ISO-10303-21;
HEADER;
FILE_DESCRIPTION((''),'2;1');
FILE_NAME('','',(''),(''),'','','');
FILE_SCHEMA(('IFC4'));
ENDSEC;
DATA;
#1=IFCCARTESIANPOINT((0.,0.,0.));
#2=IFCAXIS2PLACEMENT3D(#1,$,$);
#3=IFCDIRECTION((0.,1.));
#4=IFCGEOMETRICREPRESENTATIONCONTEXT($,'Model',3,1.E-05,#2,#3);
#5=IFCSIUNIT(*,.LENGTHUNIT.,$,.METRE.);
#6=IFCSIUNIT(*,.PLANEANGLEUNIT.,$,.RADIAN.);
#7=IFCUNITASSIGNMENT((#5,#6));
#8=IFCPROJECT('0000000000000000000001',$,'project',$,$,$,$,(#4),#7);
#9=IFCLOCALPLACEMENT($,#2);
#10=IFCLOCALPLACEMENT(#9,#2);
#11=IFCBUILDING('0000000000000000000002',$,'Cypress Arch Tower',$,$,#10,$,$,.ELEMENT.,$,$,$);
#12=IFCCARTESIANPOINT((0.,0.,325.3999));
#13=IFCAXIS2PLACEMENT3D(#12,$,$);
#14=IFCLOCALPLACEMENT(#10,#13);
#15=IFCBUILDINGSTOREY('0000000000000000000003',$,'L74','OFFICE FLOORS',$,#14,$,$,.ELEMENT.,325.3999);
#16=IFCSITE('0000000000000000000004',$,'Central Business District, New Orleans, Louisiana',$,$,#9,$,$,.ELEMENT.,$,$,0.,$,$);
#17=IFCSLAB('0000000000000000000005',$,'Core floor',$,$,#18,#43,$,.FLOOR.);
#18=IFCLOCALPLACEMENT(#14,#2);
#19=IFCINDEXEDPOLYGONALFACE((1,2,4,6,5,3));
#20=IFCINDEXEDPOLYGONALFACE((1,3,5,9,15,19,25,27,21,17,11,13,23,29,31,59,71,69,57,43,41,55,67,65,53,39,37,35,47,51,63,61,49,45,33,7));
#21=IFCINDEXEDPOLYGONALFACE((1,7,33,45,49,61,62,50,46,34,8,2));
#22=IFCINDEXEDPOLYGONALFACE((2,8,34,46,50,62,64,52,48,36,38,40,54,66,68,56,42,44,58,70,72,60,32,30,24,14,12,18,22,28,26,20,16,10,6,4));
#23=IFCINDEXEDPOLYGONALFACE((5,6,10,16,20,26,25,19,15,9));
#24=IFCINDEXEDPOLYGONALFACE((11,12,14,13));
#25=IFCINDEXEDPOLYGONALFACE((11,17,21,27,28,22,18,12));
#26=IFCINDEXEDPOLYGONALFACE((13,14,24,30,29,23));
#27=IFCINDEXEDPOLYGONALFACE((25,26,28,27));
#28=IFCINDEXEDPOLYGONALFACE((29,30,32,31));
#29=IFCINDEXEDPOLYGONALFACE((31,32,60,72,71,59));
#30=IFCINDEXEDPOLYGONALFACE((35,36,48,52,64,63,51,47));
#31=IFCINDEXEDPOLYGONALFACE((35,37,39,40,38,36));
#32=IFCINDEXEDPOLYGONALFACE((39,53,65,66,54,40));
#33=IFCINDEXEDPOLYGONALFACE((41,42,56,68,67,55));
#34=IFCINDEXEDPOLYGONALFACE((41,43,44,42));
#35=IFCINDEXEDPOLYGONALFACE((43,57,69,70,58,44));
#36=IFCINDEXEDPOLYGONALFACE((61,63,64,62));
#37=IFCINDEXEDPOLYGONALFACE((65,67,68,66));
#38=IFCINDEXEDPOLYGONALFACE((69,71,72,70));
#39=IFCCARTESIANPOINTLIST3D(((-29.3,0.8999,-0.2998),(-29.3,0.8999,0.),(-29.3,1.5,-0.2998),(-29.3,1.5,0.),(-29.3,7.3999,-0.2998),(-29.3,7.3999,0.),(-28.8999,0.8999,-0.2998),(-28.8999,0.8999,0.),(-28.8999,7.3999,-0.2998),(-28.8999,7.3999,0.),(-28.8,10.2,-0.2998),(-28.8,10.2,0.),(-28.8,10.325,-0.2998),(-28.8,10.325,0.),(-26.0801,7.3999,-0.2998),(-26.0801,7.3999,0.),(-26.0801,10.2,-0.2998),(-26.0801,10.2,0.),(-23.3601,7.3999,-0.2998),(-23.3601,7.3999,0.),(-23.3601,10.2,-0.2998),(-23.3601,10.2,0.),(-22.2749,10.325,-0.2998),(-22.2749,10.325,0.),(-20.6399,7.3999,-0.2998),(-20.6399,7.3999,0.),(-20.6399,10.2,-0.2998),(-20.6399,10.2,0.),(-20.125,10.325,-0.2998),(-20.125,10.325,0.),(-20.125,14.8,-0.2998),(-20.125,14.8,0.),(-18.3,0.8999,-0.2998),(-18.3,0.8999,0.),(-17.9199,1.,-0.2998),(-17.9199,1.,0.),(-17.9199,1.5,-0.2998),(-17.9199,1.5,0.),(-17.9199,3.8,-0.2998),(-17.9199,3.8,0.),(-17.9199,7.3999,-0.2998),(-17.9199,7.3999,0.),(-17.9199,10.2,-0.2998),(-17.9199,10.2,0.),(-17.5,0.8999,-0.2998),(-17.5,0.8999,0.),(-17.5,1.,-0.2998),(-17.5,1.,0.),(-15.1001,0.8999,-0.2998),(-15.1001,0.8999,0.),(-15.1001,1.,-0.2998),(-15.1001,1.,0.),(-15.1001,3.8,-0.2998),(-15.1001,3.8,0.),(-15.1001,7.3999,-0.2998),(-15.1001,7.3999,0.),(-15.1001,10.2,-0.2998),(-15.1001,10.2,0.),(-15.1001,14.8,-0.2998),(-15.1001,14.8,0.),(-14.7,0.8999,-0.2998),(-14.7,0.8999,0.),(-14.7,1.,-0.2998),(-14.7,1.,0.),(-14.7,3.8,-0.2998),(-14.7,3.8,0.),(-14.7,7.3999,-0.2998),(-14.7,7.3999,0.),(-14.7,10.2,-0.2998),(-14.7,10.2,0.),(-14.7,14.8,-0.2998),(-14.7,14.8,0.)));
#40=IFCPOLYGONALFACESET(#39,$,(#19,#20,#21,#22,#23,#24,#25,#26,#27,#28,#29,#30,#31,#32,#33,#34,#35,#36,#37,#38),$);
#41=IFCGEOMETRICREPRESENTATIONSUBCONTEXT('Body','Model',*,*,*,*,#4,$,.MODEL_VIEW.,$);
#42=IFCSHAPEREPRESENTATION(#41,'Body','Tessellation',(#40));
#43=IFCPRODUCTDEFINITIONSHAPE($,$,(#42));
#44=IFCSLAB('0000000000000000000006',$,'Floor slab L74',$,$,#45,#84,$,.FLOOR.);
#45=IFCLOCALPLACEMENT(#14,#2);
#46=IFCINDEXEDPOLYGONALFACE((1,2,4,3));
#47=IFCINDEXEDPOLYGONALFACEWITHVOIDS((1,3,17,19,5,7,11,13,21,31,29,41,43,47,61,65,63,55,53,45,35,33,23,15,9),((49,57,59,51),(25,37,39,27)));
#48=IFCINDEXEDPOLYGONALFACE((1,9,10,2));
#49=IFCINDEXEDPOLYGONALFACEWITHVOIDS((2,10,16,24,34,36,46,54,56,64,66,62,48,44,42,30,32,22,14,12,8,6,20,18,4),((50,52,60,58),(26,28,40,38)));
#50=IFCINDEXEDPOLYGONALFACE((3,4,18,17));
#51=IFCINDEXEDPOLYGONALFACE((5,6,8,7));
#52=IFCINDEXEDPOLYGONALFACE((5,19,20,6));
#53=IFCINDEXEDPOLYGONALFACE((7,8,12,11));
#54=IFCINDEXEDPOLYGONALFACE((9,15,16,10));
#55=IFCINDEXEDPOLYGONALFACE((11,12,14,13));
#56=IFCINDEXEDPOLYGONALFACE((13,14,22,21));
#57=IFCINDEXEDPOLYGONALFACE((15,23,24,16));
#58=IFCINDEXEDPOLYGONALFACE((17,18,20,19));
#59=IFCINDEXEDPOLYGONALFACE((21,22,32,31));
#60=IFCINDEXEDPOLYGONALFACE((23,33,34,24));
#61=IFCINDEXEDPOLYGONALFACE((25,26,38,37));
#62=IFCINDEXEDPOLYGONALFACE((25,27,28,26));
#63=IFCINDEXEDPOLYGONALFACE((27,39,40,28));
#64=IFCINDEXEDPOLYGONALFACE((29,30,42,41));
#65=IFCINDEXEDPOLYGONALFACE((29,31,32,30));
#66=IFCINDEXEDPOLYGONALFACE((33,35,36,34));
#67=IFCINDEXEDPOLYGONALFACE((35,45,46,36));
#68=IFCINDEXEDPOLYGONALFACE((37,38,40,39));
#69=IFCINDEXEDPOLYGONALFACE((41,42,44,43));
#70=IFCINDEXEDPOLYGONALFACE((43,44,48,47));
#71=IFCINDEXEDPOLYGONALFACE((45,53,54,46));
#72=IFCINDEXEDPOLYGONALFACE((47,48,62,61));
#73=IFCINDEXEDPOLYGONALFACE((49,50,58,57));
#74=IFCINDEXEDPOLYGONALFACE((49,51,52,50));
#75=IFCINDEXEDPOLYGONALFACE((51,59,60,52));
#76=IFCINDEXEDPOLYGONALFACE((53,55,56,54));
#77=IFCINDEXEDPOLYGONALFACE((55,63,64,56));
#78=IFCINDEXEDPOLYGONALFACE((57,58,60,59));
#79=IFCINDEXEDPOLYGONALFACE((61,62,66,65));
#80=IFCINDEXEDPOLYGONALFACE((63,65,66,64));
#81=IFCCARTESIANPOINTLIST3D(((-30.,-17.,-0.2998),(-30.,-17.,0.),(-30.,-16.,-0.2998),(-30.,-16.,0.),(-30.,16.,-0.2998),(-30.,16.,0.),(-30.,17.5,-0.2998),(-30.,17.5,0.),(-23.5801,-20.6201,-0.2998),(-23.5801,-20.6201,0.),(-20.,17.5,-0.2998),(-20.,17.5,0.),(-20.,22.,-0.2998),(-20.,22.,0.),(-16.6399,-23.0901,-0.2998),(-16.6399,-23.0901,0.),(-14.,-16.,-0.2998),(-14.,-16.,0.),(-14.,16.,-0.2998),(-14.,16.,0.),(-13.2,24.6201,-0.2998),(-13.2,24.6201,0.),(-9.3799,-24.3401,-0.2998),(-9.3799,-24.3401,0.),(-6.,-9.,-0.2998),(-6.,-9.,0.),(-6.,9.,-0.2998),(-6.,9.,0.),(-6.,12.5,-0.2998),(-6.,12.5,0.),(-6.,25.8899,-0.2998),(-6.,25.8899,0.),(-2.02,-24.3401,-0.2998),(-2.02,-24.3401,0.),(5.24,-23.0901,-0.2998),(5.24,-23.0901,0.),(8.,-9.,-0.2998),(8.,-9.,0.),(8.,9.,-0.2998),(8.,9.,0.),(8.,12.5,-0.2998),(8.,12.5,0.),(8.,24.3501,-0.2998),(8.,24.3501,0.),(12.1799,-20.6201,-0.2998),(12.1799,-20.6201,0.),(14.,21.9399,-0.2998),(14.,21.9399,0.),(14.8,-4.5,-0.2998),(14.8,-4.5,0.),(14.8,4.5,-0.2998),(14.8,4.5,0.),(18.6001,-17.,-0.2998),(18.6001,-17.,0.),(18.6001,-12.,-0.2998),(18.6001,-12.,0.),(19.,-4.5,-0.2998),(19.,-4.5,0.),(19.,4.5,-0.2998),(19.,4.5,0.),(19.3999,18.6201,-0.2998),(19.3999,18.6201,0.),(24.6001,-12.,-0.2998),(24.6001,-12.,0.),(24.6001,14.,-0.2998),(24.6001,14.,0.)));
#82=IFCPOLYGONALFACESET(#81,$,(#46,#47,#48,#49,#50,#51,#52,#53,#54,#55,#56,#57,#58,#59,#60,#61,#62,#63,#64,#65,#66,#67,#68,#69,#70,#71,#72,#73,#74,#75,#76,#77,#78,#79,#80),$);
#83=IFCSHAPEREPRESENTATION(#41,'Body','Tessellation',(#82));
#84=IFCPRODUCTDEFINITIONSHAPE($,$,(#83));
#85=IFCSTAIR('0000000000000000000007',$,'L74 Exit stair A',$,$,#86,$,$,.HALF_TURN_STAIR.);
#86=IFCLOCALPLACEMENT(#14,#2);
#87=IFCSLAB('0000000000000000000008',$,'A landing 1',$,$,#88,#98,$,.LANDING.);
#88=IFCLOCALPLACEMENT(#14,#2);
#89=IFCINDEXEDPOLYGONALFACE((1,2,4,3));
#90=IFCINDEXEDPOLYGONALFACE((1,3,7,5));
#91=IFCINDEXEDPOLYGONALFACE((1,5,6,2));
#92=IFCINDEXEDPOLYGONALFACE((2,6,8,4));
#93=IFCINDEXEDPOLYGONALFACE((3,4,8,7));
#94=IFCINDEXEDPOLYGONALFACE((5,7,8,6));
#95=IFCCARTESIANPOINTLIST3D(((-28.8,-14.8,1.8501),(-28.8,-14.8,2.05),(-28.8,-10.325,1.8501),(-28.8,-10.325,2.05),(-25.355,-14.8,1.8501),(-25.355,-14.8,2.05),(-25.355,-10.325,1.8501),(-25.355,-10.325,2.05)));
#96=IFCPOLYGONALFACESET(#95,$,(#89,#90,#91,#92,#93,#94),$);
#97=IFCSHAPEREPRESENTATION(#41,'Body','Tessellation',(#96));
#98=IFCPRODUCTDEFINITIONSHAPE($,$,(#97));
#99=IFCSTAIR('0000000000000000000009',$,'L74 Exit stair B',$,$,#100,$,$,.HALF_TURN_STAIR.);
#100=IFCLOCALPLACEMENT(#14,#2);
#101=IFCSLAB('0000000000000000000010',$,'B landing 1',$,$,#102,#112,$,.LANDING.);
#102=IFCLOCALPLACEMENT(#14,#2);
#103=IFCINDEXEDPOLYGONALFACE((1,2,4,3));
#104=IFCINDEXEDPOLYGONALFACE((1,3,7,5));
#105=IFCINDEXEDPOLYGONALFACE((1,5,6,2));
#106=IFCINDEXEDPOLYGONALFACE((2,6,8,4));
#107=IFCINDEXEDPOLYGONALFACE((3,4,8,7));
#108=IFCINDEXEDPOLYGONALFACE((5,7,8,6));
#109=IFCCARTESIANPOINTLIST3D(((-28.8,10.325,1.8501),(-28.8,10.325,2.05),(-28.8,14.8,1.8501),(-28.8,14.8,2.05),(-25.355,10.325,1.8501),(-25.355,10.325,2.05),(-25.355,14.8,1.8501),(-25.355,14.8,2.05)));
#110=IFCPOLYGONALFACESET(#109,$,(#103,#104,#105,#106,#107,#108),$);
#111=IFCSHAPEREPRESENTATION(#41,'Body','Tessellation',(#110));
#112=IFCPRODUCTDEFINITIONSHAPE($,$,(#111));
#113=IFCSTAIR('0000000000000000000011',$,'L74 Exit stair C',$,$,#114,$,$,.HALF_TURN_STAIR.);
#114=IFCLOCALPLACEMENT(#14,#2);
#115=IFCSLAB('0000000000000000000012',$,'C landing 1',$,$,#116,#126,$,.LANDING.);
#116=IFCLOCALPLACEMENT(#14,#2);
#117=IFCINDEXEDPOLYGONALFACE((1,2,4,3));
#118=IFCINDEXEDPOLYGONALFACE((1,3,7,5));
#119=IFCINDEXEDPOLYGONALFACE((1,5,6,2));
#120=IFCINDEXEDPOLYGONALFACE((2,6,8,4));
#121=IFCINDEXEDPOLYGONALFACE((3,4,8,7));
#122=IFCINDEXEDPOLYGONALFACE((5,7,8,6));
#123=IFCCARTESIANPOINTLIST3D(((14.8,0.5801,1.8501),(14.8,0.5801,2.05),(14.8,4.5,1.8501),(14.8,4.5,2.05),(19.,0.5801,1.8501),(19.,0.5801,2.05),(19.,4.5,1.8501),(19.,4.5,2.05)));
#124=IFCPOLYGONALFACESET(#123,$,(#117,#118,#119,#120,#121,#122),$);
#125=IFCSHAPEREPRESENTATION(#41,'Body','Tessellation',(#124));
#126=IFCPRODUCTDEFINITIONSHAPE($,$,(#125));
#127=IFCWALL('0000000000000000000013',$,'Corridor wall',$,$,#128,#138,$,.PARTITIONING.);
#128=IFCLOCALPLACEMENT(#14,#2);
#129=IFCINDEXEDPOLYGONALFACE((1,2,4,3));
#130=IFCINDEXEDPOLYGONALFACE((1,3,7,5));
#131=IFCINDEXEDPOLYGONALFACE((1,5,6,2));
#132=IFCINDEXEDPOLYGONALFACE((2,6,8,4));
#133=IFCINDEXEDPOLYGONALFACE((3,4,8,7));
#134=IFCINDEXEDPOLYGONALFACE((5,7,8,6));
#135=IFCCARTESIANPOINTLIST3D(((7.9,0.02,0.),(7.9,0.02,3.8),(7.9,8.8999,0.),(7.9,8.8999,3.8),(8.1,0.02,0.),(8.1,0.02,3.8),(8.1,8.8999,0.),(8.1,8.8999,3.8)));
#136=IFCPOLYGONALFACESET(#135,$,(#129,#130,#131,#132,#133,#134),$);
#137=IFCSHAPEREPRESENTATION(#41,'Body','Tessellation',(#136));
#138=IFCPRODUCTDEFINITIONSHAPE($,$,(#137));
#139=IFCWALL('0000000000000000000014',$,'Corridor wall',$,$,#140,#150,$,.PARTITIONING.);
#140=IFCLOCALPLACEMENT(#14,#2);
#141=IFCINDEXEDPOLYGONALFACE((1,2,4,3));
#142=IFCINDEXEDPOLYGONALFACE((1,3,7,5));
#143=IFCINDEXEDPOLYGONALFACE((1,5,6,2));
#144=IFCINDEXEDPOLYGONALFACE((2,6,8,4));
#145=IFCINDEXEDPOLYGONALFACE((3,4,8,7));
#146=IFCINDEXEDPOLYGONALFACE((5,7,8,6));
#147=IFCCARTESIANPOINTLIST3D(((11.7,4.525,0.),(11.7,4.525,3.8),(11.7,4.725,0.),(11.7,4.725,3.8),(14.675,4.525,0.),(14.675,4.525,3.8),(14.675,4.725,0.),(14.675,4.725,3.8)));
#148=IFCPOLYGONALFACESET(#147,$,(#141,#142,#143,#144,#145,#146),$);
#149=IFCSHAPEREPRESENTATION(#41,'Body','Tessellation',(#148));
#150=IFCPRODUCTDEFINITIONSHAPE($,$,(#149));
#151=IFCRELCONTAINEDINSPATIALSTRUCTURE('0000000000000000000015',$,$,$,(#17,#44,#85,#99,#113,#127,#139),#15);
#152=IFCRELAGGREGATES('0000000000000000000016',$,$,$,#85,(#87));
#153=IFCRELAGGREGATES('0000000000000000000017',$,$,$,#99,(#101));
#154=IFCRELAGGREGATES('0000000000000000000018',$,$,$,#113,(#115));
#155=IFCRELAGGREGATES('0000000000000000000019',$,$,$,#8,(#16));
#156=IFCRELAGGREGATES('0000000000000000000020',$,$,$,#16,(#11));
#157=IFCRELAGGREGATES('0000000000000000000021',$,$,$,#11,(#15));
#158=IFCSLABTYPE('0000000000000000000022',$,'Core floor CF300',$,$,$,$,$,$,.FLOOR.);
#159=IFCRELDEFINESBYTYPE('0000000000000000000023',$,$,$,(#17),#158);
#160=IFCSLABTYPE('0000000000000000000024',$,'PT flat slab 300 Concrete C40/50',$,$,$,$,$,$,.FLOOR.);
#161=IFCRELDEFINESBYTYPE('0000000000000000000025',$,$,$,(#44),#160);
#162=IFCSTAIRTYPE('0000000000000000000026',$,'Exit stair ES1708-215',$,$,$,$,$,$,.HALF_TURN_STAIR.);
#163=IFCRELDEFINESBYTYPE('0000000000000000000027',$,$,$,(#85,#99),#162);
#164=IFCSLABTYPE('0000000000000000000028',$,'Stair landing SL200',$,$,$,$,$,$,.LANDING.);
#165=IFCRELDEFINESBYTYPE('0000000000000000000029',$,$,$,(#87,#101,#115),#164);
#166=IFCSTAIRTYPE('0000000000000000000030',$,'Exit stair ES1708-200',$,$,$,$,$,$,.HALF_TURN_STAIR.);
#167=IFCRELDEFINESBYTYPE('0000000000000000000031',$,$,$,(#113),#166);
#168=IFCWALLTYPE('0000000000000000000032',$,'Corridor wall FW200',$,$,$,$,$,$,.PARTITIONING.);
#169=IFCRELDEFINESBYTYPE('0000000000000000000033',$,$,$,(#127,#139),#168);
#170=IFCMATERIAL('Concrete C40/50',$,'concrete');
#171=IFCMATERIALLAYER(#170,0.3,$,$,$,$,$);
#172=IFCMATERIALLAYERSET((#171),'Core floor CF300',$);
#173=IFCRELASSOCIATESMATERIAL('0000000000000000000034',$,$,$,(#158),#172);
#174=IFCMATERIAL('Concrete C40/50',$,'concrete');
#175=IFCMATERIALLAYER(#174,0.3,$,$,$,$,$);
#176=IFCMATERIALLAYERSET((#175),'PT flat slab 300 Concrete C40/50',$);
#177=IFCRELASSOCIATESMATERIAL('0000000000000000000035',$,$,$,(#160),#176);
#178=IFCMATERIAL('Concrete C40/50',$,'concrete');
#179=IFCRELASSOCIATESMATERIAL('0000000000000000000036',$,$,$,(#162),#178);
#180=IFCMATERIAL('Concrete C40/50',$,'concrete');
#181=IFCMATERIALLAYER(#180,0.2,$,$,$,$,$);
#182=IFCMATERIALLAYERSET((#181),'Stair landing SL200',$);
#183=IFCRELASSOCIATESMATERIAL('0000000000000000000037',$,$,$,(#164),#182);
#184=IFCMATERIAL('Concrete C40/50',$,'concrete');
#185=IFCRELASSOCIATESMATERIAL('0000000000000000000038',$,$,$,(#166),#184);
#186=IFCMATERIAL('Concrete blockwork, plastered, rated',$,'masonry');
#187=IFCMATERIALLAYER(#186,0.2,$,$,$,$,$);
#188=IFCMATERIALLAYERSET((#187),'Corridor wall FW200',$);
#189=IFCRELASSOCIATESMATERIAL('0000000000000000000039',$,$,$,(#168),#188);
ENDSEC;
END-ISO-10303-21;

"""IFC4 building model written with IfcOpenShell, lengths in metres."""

from ifc_helpers import new_model, si_unit, direction, frame, frame_2d, origin, place, context, subcontext, project, spatial, polyline, rectangle, outline, extrude, material, layer, layer_set, type_object, element, aggregate, save


model = new_model("IFC4")

# Units and contexts
model_context = context("Model", 3, precision=1e-05, world=origin(), true_north=direction((0.0, 1.0)))
body_context = subcontext(model_context, "Body", "Model", "MODEL_VIEW")
ifc_project = project(units=[si_unit("LENGTHUNIT", "METRE"), si_unit("PLANEANGLEUNIT", "RADIAN")], contexts=[model_context])

# Site, building, storey
site_placement = place(None, origin())
site = spatial("IfcSite", under=ifc_project, at=site_placement, Name="Central Business District, New Orleans, Louisiana", CompositionType="ELEMENT", RefElevation=0.0)
building_placement = place(site_placement, origin())
building = spatial("IfcBuilding", under=site, at=building_placement, Name="Cypress Arch Tower", CompositionType="ELEMENT")
storey_placement = place(building_placement, frame((0.0, 0.0, 325.3999)))
storey = spatial("IfcBuildingStorey", under=building, at=storey_placement, Name="L74", Description="OFFICE FLOORS", CompositionType="ELEMENT", Elevation=325.3999)

# Slabs
ifc_material_1 = material(Name="Concrete C40/50", Category="concrete")
ifc_layer_1 = layer(ifc_material_1, 0.3)
ifc_layer_set_1 = layer_set([ifc_layer_1], Name="Core floor CF300")
slab_type_1 = type_object("IfcSlabType", Name="Core floor CF300", PredefinedType="FLOOR", material=ifc_layer_set_1)
slab_1_placement = place(storey_placement, frame((0.0, 0.0, -0.2998)))
element("IfcSlab", 1, at=slab_1_placement, inside=storey, type_object=slab_type_1, Name="Core floor", PredefinedType="FLOOR", context=body_context, shape_type="SweptSolid", body=[
    extrude(outline(polyline([(-20.6399, 10.2), (-23.3601, 10.2), (-26.0801, 10.2), (-28.8, 10.2), (-28.8, 10.325), (-22.2749, 10.325), (-20.125, 10.325), (-20.125, 14.8), (-15.1001, 14.8), (-14.7, 14.8), (-14.7, 10.2), (-15.1001, 10.2), (-17.9199, 10.2), (-17.9199, 7.3999), (-15.1001, 7.3999), (-14.7, 7.3999), (-14.7, 3.8), (-15.1001, 3.8), (-17.9199, 3.8), (-17.9199, 1.5), (-17.9199, 1.0), (-17.5, 1.0), (-15.1001, 1.0), (-14.7, 1.0), (-14.7, 0.8999), (-15.1001, 0.8999), (-17.5, 0.8999), (-18.3, 0.8999), (-28.8999, 0.8999), (-29.3, 0.8999), (-29.3, 1.5), (-29.3, 7.3999), (-28.8999, 7.3999), (-26.0801, 7.3999), (-23.3601, 7.3999), (-20.6399, 7.3999), (-20.6399, 10.2)])), origin(), (0.0, 0.0, 1.0), 0.2998),
])
ifc_material_2 = material(Name="Concrete C40/50", Category="concrete")
ifc_layer_2 = layer(ifc_material_2, 0.3)
ifc_layer_set_2 = layer_set([ifc_layer_2], Name="PT flat slab 300 Concrete C40/50")
slab_type_2 = type_object("IfcSlabType", Name="PT flat slab 300 Concrete C40/50", PredefinedType="FLOOR", material=ifc_layer_set_2)
slab_2_placement = place(storey_placement, frame((0.0, 0.0, -0.2998)))
element("IfcSlab", 2, at=slab_2_placement, inside=storey, type_object=slab_type_2, Name="Floor slab L74", PredefinedType="FLOOR", context=body_context, shape_type="SweptSolid", body=[
    extrude(outline(polyline([(-30.0, 17.5), (-20.0, 17.5), (-20.0, 22.0), (-13.2, 24.6201), (-6.0, 25.8899), (-6.0, 12.5), (8.0, 12.5), (8.0, 24.3501), (14.0, 21.9399), (19.3999, 18.6201), (24.6001, 14.0), (24.6001, -12.0), (18.6001, -12.0), (18.6001, -17.0), (12.1799, -20.6201), (5.24, -23.0901), (-2.02, -24.3401), (-9.3799, -24.3401), (-16.6399, -23.0901), (-23.5801, -20.6201), (-30.0, -17.0), (-30.0, -16.0), (-14.0, -16.0), (-14.0, 16.0), (-30.0, 16.0), (-30.0, 17.5)]), holes=[polyline([(-6.0, -9.0), (8.0, -9.0), (8.0, 9.0), (-6.0, 9.0), (-6.0, -9.0)]), polyline([(14.8, -4.5), (19.0, -4.5), (19.0, 4.5), (14.8, 4.5), (14.8, -4.5)])]), origin(), (0.0, 0.0, 1.0), 0.2998),
])

# Stairs, slabs
ifc_material_3 = material(Name="Concrete C40/50", Category="concrete")
stair_type_1 = type_object("IfcStairType", Name="Exit stair ES1708-215", PredefinedType="HALF_TURN_STAIR", material=ifc_material_3)
stair_1_placement = place(storey_placement, origin())
stair_1 = element("IfcStair", 3, at=stair_1_placement, inside=storey, type_object=stair_type_1, Name="L74 Exit stair A", PredefinedType="HALF_TURN_STAIR")
ifc_material_4 = material(Name="Concrete C40/50", Category="concrete")
ifc_layer_3 = layer(ifc_material_4, 0.2)
ifc_layer_set_3 = layer_set([ifc_layer_3], Name="Stair landing SL200")
slab_type_3 = type_object("IfcSlabType", Name="Stair landing SL200", PredefinedType="LANDING", material=ifc_layer_set_3)
slab_3_placement = place(storey_placement, frame((0.0, 0.0, 1.8501)))
slab_3 = element("IfcSlab", 4, at=slab_3_placement, type_object=slab_type_3, Name="A landing 1", PredefinedType="LANDING", context=body_context, shape_type="SweptSolid", body=[
    extrude(outline(polyline([(-25.355, -10.325), (-28.8, -10.325), (-28.8, -14.8), (-25.355, -14.8), (-25.355, -10.325)])), origin(), (0.0, 0.0, 1.0), 0.2),
])
aggregate(stair_1, [slab_3])
stair_2_placement = place(storey_placement, origin())
stair_2 = element("IfcStair", 5, at=stair_2_placement, inside=storey, type_object=stair_type_1, Name="L74 Exit stair B", PredefinedType="HALF_TURN_STAIR")
slab_4_placement = place(storey_placement, frame((0.0, 0.0, 1.8501)))
slab_4 = element("IfcSlab", 6, at=slab_4_placement, type_object=slab_type_3, Name="B landing 1", PredefinedType="LANDING", context=body_context, shape_type="SweptSolid", body=[
    extrude(outline(polyline([(-25.355, 14.8), (-28.8, 14.8), (-28.8, 10.325), (-25.355, 10.325), (-25.355, 14.8)])), origin(), (0.0, 0.0, 1.0), 0.2),
])
aggregate(stair_2, [slab_4])
ifc_material_5 = material(Name="Concrete C40/50", Category="concrete")
stair_type_2 = type_object("IfcStairType", Name="Exit stair ES1708-200", PredefinedType="HALF_TURN_STAIR", material=ifc_material_5)
stair_3_placement = place(storey_placement, origin())
stair_3 = element("IfcStair", 7, at=stair_3_placement, inside=storey, type_object=stair_type_2, Name="L74 Exit stair C", PredefinedType="HALF_TURN_STAIR")
slab_5_placement = place(storey_placement, frame((0.0, 0.0, 1.8501)))
slab_5 = element("IfcSlab", 8, at=slab_5_placement, type_object=slab_type_3, Name="C landing 1", PredefinedType="LANDING", context=body_context, shape_type="SweptSolid", body=[
    extrude(outline(polyline([(19.0, 0.5801), (19.0, 4.5), (14.8, 4.5), (14.8, 0.5801), (19.0, 0.5801)])), origin(), (0.0, 0.0, 1.0), 0.2),
])
aggregate(stair_3, [slab_5])

# Walls
ifc_material_6 = material(Name="Concrete blockwork, plastered, rated", Category="masonry")
ifc_layer_4 = layer(ifc_material_6, 0.2)
ifc_layer_set_4 = layer_set([ifc_layer_4], Name="Corridor wall FW200")
wall_type_1 = type_object("IfcWallType", Name="Corridor wall FW200", PredefinedType="PARTITIONING", material=ifc_layer_set_4)
wall_1_placement = place(storey_placement, frame((8.0, 0.02, 0.0), z_axis=(0.0, 0.0, 1.0), x_axis=(0.0, 1.0, 0.0)))
element("IfcWall", 9, at=wall_1_placement, inside=storey, type_object=wall_type_1, Name="Corridor wall", PredefinedType="PARTITIONING", context=body_context, shape_type="SweptSolid", body=[
    extrude(rectangle(XDim=8.8799, YDim=0.2, at=frame_2d((4.4399, 0.0))), origin(), (0.0, 0.0, 1.0), 3.8),
])
wall_2_placement = place(storey_placement, frame((11.7, 4.625, 0.0), z_axis=(0.0, 0.0, 1.0), x_axis=(1.0, 0.0, 0.0)))
element("IfcWall", 10, at=wall_2_placement, inside=storey, type_object=wall_type_1, Name="Corridor wall", PredefinedType="PARTITIONING", context=body_context, shape_type="SweptSolid", body=[
    extrude(rectangle(XDim=2.9751, YDim=0.2, at=frame_2d((1.4875, 0.0))), origin(), (0.0, 0.0, 1.0), 3.8),
])

save(model, "model.ifc")
